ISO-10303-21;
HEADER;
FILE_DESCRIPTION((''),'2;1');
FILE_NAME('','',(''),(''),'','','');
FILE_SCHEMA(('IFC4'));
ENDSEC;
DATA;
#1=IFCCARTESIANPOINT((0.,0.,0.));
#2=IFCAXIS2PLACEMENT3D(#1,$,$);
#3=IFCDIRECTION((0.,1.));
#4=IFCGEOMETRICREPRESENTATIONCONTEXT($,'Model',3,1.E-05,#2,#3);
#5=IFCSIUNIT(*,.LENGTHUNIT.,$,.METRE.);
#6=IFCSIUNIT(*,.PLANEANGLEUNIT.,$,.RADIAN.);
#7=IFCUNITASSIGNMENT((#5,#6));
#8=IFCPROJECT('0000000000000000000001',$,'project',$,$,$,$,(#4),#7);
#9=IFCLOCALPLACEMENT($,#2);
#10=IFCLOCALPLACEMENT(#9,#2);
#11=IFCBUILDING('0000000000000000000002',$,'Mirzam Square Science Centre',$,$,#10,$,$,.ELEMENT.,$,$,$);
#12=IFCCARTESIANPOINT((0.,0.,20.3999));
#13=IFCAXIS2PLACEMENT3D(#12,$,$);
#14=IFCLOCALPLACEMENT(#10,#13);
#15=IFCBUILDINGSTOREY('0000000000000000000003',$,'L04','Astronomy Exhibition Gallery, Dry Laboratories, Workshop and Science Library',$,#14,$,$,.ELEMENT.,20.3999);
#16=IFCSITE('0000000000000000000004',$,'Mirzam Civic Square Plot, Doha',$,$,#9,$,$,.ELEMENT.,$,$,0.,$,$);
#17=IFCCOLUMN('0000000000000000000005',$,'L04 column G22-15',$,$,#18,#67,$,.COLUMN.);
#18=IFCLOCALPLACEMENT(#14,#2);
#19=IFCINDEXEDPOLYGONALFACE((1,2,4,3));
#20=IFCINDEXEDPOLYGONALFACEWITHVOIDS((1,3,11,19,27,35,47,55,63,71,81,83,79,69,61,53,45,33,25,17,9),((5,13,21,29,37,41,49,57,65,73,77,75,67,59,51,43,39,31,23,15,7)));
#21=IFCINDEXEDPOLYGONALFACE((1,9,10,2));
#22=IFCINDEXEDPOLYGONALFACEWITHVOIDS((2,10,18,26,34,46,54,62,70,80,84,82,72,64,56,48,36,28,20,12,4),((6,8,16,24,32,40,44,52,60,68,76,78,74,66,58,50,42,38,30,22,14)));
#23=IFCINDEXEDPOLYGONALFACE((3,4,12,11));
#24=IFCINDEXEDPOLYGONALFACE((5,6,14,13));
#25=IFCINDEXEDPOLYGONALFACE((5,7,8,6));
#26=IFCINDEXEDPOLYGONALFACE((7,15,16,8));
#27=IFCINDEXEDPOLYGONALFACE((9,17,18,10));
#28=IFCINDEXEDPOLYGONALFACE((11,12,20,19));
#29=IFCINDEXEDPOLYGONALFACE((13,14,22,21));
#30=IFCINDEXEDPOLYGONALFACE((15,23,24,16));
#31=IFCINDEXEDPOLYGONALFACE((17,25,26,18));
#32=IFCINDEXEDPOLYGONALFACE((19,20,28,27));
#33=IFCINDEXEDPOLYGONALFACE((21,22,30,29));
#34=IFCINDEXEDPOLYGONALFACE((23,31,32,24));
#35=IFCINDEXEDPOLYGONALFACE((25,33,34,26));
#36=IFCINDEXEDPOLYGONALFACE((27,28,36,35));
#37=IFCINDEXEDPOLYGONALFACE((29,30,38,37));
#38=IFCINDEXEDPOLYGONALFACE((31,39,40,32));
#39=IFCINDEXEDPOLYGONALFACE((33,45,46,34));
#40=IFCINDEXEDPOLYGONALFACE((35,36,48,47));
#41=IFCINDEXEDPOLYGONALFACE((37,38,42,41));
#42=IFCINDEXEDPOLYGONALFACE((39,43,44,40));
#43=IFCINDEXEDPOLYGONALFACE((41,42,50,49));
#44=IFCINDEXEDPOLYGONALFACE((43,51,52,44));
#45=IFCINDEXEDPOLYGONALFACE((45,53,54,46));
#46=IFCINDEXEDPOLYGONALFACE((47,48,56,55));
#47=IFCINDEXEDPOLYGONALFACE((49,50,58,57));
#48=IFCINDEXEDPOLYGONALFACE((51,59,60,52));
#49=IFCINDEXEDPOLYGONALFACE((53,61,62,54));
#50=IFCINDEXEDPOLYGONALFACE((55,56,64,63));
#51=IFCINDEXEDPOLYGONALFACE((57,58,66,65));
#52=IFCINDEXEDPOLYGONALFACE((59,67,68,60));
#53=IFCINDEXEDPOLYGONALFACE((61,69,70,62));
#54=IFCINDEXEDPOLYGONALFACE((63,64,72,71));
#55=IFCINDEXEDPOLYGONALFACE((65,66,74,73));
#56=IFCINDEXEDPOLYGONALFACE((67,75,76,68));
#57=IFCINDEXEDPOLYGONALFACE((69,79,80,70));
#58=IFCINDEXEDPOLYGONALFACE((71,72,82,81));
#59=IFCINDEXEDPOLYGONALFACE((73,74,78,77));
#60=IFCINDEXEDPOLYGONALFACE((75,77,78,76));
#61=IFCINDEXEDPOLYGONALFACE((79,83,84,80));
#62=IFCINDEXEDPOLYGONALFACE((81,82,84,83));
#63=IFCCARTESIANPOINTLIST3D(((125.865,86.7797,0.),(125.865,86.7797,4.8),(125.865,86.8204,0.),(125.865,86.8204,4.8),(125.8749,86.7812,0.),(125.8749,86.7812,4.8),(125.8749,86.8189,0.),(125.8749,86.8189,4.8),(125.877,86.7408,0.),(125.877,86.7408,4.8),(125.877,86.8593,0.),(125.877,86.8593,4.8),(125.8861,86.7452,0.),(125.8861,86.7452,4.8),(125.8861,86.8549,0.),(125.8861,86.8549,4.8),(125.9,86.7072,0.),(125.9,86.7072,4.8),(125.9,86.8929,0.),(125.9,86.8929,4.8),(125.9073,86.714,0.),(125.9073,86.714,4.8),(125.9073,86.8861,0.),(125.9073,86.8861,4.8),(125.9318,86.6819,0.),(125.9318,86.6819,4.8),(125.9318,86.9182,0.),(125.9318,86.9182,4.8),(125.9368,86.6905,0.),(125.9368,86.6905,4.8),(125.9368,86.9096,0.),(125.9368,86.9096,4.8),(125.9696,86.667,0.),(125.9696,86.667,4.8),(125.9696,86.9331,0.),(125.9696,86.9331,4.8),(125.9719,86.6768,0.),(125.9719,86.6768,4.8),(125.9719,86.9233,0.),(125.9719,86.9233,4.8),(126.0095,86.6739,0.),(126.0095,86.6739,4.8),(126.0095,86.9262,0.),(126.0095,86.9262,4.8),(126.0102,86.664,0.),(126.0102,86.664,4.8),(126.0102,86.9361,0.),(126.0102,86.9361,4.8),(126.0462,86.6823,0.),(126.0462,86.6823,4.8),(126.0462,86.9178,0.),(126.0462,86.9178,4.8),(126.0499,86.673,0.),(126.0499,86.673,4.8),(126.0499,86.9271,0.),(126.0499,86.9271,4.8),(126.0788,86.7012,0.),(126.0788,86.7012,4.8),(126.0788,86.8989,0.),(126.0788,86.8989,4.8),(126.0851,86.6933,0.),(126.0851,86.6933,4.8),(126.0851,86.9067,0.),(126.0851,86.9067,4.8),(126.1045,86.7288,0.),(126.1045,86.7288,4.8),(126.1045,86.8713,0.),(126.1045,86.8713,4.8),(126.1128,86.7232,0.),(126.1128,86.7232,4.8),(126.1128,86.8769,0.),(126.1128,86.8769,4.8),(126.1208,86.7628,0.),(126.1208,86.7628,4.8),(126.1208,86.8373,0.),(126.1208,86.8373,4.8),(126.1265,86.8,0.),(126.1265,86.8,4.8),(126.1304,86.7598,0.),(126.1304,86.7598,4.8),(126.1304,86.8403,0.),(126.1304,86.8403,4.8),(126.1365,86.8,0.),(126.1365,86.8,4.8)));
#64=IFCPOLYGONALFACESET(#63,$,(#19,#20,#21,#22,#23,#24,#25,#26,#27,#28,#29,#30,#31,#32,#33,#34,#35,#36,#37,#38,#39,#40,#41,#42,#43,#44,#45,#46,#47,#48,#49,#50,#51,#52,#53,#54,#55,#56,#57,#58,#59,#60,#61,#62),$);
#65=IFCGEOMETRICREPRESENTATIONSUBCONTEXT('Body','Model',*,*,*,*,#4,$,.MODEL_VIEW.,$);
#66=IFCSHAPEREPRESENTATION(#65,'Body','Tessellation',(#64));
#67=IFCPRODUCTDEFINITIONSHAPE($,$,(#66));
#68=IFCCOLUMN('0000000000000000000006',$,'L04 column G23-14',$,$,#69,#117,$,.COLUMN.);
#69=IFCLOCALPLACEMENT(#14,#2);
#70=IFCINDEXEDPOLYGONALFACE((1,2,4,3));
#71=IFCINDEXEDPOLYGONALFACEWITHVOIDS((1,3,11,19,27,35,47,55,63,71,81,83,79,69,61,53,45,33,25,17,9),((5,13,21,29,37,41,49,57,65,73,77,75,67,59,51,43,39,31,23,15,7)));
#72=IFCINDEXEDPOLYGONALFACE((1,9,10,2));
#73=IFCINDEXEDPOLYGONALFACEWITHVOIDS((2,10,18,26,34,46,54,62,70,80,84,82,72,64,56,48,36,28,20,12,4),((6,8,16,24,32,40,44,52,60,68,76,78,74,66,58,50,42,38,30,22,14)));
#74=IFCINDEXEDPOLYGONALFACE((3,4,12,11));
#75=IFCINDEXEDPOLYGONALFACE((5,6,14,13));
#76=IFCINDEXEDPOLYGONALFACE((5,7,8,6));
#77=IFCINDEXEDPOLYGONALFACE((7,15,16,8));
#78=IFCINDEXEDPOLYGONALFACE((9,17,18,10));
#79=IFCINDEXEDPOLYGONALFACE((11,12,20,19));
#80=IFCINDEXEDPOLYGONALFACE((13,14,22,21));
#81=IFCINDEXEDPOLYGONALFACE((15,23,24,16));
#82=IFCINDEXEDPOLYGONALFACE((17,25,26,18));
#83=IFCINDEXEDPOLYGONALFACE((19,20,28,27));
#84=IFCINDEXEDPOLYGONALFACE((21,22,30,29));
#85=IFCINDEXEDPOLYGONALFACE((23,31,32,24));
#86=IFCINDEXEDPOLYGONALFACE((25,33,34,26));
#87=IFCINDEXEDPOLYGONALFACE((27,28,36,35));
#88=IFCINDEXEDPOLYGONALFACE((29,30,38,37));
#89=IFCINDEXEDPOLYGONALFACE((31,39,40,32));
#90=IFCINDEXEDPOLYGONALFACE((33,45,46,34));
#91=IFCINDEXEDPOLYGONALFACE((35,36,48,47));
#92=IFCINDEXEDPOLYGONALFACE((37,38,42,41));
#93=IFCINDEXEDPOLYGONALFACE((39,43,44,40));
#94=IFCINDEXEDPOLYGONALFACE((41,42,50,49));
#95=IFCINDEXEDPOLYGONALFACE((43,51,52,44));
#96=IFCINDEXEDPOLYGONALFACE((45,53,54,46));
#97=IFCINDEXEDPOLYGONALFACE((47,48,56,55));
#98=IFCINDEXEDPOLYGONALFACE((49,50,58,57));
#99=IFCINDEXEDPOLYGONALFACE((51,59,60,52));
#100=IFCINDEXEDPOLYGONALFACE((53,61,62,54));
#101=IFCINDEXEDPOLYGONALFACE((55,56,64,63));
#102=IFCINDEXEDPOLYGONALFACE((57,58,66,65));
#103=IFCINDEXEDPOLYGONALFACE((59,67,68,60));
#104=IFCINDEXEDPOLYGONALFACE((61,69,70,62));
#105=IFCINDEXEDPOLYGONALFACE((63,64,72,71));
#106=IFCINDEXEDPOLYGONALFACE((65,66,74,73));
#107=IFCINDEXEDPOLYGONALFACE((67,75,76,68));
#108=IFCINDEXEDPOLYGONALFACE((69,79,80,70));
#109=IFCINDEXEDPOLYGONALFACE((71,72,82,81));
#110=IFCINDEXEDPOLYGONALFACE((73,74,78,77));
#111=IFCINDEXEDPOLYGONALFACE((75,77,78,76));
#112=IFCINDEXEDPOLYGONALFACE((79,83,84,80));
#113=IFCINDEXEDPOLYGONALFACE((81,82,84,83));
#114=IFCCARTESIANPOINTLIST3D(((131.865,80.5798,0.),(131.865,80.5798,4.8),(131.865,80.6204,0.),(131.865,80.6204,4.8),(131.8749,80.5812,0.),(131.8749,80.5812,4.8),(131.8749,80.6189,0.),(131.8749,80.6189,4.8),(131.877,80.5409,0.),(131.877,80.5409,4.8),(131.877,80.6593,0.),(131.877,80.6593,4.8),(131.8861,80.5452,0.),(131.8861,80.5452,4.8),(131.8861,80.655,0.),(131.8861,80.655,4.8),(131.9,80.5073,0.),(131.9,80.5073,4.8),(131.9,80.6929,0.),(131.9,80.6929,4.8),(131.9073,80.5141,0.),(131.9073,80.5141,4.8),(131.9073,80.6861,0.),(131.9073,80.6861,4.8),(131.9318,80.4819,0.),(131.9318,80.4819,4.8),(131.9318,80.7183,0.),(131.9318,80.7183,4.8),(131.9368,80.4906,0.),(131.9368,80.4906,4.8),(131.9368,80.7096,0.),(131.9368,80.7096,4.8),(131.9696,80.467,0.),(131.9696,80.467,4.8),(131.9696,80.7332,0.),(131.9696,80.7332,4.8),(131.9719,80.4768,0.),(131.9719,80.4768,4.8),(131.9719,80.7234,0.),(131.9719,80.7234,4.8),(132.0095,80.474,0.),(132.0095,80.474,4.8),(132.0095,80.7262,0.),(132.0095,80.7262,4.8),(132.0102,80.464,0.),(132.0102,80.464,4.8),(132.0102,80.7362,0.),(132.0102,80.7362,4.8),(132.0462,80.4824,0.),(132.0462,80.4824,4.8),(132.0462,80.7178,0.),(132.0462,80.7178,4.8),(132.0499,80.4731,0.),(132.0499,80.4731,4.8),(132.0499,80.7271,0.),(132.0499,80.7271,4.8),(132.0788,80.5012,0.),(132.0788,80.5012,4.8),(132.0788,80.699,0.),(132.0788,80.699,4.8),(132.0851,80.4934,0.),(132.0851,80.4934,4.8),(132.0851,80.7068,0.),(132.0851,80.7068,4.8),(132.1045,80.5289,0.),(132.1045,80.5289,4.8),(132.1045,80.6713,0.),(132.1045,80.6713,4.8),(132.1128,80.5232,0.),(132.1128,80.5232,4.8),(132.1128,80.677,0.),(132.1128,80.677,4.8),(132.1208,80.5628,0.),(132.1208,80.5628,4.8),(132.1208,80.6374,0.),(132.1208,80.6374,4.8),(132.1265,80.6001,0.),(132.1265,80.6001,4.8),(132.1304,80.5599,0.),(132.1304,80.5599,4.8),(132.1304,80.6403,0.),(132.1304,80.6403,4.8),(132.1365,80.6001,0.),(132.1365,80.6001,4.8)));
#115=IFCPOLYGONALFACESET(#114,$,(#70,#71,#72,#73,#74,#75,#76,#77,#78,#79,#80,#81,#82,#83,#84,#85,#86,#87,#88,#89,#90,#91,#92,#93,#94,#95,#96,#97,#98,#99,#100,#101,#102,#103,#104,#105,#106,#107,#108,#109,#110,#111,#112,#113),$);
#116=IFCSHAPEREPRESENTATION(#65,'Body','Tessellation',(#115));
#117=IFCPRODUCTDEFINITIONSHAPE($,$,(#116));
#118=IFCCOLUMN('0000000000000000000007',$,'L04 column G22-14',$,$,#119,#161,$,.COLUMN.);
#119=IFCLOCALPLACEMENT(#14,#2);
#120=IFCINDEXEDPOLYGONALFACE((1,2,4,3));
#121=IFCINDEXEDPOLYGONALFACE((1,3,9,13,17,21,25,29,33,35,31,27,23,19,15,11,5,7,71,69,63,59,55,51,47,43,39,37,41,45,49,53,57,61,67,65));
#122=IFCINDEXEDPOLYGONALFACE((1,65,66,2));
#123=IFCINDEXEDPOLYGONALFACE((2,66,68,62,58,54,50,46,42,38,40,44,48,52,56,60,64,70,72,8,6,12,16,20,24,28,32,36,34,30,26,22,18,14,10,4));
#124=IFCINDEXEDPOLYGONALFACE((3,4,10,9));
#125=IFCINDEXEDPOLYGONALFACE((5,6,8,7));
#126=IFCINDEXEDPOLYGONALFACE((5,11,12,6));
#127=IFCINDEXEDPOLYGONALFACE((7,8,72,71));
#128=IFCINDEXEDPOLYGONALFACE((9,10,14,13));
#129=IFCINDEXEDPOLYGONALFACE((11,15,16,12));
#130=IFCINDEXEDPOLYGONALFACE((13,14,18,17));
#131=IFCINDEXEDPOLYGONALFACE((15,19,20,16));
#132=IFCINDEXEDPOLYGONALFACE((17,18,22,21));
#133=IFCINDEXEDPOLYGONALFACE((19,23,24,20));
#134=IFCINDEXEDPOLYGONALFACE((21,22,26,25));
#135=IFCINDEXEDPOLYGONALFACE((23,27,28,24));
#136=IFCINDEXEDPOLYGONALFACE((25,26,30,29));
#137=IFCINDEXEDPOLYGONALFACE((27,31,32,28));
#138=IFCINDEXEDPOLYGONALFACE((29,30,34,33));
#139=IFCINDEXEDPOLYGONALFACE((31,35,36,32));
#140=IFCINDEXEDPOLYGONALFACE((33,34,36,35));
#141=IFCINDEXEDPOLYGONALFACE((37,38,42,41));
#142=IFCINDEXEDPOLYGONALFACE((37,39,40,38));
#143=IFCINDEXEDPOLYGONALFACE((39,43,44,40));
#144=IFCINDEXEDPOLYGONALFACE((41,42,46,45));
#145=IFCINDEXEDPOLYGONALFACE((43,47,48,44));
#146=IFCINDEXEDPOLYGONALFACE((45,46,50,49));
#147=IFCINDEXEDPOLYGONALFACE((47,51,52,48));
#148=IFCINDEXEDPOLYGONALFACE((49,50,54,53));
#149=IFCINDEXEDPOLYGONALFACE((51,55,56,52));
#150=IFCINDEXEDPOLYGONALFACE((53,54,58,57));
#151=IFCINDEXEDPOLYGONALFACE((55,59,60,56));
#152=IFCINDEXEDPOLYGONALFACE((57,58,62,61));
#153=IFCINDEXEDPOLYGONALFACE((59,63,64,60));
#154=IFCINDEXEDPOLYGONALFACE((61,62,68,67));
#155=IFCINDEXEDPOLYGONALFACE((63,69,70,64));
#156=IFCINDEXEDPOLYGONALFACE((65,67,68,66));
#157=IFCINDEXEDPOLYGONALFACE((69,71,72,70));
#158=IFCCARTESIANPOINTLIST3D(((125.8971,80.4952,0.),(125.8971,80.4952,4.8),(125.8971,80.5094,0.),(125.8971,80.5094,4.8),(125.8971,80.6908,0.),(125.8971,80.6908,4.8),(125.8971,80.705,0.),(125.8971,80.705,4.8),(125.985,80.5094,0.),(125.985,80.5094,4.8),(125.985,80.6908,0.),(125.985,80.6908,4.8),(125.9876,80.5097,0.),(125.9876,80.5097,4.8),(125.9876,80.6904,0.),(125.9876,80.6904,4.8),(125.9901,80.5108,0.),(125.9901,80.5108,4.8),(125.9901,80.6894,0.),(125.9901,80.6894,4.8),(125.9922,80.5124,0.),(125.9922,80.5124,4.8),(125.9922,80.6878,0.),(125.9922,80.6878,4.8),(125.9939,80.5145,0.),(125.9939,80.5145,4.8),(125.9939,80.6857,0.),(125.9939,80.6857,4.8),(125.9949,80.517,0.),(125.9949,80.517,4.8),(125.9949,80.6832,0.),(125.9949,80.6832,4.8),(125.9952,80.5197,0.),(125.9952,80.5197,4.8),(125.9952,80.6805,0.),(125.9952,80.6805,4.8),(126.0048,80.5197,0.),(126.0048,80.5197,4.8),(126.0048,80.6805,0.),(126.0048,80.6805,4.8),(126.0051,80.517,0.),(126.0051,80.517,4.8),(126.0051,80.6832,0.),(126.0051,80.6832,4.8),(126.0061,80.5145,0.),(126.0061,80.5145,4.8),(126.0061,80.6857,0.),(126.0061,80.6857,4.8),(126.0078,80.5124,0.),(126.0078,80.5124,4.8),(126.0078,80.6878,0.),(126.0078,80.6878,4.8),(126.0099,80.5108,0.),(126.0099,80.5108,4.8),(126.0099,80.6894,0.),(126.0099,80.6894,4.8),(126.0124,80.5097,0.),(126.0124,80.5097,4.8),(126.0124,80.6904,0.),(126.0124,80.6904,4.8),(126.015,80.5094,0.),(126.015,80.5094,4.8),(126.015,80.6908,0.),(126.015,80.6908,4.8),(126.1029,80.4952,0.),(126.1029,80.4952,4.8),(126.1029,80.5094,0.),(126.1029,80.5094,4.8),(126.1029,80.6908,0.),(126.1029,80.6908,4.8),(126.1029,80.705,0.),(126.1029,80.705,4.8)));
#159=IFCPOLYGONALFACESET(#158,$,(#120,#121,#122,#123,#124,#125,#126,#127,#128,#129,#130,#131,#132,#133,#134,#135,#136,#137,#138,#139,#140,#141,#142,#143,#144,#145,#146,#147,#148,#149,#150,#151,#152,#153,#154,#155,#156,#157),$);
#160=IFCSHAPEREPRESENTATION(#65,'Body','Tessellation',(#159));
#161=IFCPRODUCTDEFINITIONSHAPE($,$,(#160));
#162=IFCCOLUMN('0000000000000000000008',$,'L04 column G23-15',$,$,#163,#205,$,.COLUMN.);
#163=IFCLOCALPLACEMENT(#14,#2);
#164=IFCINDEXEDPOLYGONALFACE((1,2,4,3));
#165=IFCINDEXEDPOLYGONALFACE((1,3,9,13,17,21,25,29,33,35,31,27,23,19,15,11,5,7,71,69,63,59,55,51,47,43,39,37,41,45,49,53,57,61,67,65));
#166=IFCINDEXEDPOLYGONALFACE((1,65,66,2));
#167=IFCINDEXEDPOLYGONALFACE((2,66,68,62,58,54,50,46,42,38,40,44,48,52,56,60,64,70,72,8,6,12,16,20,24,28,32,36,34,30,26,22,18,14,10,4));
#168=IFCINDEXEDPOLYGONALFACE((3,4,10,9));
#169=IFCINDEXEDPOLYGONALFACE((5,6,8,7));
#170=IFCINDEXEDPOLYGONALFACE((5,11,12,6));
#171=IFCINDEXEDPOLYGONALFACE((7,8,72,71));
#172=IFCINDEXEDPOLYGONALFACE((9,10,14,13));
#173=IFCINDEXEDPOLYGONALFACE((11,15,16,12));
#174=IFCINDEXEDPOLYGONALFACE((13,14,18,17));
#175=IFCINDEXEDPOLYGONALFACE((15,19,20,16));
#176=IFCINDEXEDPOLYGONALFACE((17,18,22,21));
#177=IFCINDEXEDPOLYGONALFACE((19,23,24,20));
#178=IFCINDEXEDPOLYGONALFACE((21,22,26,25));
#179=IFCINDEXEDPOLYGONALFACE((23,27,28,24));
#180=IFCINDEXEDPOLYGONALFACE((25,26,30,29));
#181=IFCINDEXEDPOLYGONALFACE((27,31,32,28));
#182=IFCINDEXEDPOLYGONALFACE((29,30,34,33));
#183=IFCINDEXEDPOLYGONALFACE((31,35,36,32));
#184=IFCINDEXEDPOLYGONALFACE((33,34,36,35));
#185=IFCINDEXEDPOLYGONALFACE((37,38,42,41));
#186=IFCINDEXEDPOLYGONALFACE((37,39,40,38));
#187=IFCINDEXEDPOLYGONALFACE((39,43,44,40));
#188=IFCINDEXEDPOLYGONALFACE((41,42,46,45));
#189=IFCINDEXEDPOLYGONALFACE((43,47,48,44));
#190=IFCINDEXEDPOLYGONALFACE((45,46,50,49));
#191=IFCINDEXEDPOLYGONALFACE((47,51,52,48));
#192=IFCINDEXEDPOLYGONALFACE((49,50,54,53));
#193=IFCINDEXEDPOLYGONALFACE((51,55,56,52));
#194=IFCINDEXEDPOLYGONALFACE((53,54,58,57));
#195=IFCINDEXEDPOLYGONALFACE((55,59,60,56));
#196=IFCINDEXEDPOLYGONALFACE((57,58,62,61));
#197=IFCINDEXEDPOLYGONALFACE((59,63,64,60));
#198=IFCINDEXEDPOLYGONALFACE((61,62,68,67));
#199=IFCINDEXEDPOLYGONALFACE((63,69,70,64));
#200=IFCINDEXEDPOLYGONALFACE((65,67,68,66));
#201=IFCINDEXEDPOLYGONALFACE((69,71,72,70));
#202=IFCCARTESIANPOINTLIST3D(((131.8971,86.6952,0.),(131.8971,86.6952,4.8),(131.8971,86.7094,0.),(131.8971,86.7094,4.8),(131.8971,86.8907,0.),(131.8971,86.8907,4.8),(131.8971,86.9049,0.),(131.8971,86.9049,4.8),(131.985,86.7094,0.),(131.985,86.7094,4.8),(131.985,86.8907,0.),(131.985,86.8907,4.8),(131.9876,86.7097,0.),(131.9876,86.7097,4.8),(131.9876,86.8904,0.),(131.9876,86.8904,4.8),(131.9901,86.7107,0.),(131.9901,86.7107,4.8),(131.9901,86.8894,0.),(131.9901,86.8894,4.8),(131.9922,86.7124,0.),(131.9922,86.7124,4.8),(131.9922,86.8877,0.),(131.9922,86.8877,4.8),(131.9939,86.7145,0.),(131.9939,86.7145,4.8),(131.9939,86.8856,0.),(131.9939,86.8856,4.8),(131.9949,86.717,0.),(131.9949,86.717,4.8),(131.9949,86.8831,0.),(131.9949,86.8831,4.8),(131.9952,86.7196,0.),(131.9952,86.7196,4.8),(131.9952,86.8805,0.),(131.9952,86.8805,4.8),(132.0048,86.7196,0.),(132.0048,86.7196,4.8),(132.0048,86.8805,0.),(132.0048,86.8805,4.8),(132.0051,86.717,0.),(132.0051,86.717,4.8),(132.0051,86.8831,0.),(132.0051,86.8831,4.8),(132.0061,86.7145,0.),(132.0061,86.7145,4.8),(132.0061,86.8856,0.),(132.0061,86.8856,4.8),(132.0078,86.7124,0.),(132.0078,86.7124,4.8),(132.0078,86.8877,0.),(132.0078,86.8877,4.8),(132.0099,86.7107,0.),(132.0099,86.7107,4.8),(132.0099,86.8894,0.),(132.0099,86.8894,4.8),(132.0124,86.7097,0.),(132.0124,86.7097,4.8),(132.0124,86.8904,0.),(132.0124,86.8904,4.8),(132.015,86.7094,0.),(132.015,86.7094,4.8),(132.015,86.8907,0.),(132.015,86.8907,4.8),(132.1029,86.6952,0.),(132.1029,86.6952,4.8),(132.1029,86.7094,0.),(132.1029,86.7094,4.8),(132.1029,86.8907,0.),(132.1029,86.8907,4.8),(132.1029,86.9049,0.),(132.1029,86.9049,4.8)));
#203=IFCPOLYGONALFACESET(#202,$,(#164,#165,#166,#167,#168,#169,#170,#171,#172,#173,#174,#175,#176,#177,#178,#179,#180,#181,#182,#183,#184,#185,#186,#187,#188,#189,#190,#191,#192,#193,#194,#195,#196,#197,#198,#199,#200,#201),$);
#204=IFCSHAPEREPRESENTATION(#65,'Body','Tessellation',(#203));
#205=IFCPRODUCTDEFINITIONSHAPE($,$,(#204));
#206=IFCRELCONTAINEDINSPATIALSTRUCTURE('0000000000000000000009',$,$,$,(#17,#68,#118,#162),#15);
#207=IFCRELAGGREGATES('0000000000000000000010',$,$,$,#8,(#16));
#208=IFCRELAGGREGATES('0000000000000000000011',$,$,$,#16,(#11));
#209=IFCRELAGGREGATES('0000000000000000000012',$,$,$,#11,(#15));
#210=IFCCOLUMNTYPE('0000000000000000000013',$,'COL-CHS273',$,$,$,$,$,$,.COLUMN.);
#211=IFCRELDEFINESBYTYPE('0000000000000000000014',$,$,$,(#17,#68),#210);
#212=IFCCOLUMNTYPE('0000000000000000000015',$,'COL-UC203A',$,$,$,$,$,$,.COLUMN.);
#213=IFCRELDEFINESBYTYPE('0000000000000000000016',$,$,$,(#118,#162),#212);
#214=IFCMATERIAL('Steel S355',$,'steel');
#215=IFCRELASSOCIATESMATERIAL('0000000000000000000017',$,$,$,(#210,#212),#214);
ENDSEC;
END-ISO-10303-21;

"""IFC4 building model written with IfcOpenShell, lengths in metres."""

from ifc_helpers import new_model, si_unit, direction, frame, origin, origin_2d, place, context, subcontext, project, spatial, hollow_circle, i_section, extrude, material, material_profile, profile_set, type_object, element, save


model = new_model("IFC4")

# Units and contexts
model_context = context("Model", 3, precision=1e-05, world=origin(), true_north=direction((0.0, 1.0)))
body_context = subcontext(model_context, "Body", "Model", "MODEL_VIEW")
ifc_project = project(units=[si_unit("LENGTHUNIT", "METRE"), si_unit("PLANEANGLEUNIT", "RADIAN")], contexts=[model_context])

# Site, building, storey
site_placement = place(None, origin())
site = spatial("IfcSite", under=ifc_project, at=site_placement, Name="Mirzam Civic Square Plot, Doha", CompositionType="ELEMENT", RefElevation=0.0)
building_placement = place(site_placement, origin())
building = spatial("IfcBuilding", under=site, at=building_placement, Name="Mirzam Square Science Centre", CompositionType="ELEMENT")
storey_placement = place(building_placement, frame((0.0, 0.0, 20.3999)))
storey = spatial("IfcBuildingStorey", under=building, at=storey_placement, Name="L04", Description="Astronomy Exhibition Gallery, Dry Laboratories, Workshop and Science Library", CompositionType="ELEMENT", Elevation=20.3999)

# Columns
ifc_material_1 = material(Name="Steel S355", Category="steel")
ifc_material_profile_1 = material_profile(ifc_material_1, hollow_circle(Radius=0.1365, WallThickness=0.01, at=origin_2d()), Name="273.0x10.0CHS")
ifc_profile_set_1 = profile_set([ifc_material_profile_1], Name="Steel S355")
column_type_1 = type_object("IfcColumnType", Name="COL-CHS273", PredefinedType="COLUMN", material=ifc_profile_set_1)
for number, where, z_axis, x_axis, name in (
    (1, (126.0, 86.8, 0.0), (0.0, 0.0, 1.0), (1.0, 0.0, 0.0), "L04 column G22-15"),
    (2, (132.0, 80.6001, 0.0), (0.0, 0.0, 1.0), (1.0, 0.0, 0.0), "L04 column G23-14"),
):
    element("IfcColumn", number, at=place(storey_placement, frame(where, z_axis=z_axis, x_axis=x_axis)), inside=storey, type_object=column_type_1, Name=name, PredefinedType="COLUMN", context=body_context, shape_type="SweptSolid", body=[
        extrude(hollow_circle(Radius=0.1365, WallThickness=0.01, at=origin_2d()), origin(), (0.0, 0.0, 1.0), 4.8),
    ])
ifc_material_profile_2 = material_profile(ifc_material_1, i_section(OverallWidth=0.2058, OverallDepth=0.2097, WebThickness=0.0095, FlangeThickness=0.0142, FilletRadius=0.0103, at=origin_2d()), Name="203x203x60UC")
ifc_profile_set_2 = profile_set([ifc_material_profile_2], Name="Steel S355")
column_type_2 = type_object("IfcColumnType", Name="COL-UC203A", PredefinedType="COLUMN", material=ifc_profile_set_2)
for number, where, z_axis, x_axis, name in (
    (3, (126.0, 80.6001, 0.0), (0.0, 0.0, 1.0), (1.0, 0.0, 0.0), "L04 column G22-14"),
    (4, (132.0, 86.8, 0.0), (0.0, 0.0, 1.0), (1.0, 0.0, 0.0), "L04 column G23-15"),
):
    element("IfcColumn", number, at=place(storey_placement, frame(where, z_axis=z_axis, x_axis=x_axis)), inside=storey, type_object=column_type_2, Name=name, PredefinedType="COLUMN", context=body_context, shape_type="SweptSolid", body=[
        extrude(i_section(OverallWidth=0.2058, OverallDepth=0.2097, WebThickness=0.0095, FlangeThickness=0.0142, FilletRadius=0.0103, at=origin_2d()), origin(), (0.0, 0.0, 1.0), 4.8),
    ])

save(model, "model.ifc")
